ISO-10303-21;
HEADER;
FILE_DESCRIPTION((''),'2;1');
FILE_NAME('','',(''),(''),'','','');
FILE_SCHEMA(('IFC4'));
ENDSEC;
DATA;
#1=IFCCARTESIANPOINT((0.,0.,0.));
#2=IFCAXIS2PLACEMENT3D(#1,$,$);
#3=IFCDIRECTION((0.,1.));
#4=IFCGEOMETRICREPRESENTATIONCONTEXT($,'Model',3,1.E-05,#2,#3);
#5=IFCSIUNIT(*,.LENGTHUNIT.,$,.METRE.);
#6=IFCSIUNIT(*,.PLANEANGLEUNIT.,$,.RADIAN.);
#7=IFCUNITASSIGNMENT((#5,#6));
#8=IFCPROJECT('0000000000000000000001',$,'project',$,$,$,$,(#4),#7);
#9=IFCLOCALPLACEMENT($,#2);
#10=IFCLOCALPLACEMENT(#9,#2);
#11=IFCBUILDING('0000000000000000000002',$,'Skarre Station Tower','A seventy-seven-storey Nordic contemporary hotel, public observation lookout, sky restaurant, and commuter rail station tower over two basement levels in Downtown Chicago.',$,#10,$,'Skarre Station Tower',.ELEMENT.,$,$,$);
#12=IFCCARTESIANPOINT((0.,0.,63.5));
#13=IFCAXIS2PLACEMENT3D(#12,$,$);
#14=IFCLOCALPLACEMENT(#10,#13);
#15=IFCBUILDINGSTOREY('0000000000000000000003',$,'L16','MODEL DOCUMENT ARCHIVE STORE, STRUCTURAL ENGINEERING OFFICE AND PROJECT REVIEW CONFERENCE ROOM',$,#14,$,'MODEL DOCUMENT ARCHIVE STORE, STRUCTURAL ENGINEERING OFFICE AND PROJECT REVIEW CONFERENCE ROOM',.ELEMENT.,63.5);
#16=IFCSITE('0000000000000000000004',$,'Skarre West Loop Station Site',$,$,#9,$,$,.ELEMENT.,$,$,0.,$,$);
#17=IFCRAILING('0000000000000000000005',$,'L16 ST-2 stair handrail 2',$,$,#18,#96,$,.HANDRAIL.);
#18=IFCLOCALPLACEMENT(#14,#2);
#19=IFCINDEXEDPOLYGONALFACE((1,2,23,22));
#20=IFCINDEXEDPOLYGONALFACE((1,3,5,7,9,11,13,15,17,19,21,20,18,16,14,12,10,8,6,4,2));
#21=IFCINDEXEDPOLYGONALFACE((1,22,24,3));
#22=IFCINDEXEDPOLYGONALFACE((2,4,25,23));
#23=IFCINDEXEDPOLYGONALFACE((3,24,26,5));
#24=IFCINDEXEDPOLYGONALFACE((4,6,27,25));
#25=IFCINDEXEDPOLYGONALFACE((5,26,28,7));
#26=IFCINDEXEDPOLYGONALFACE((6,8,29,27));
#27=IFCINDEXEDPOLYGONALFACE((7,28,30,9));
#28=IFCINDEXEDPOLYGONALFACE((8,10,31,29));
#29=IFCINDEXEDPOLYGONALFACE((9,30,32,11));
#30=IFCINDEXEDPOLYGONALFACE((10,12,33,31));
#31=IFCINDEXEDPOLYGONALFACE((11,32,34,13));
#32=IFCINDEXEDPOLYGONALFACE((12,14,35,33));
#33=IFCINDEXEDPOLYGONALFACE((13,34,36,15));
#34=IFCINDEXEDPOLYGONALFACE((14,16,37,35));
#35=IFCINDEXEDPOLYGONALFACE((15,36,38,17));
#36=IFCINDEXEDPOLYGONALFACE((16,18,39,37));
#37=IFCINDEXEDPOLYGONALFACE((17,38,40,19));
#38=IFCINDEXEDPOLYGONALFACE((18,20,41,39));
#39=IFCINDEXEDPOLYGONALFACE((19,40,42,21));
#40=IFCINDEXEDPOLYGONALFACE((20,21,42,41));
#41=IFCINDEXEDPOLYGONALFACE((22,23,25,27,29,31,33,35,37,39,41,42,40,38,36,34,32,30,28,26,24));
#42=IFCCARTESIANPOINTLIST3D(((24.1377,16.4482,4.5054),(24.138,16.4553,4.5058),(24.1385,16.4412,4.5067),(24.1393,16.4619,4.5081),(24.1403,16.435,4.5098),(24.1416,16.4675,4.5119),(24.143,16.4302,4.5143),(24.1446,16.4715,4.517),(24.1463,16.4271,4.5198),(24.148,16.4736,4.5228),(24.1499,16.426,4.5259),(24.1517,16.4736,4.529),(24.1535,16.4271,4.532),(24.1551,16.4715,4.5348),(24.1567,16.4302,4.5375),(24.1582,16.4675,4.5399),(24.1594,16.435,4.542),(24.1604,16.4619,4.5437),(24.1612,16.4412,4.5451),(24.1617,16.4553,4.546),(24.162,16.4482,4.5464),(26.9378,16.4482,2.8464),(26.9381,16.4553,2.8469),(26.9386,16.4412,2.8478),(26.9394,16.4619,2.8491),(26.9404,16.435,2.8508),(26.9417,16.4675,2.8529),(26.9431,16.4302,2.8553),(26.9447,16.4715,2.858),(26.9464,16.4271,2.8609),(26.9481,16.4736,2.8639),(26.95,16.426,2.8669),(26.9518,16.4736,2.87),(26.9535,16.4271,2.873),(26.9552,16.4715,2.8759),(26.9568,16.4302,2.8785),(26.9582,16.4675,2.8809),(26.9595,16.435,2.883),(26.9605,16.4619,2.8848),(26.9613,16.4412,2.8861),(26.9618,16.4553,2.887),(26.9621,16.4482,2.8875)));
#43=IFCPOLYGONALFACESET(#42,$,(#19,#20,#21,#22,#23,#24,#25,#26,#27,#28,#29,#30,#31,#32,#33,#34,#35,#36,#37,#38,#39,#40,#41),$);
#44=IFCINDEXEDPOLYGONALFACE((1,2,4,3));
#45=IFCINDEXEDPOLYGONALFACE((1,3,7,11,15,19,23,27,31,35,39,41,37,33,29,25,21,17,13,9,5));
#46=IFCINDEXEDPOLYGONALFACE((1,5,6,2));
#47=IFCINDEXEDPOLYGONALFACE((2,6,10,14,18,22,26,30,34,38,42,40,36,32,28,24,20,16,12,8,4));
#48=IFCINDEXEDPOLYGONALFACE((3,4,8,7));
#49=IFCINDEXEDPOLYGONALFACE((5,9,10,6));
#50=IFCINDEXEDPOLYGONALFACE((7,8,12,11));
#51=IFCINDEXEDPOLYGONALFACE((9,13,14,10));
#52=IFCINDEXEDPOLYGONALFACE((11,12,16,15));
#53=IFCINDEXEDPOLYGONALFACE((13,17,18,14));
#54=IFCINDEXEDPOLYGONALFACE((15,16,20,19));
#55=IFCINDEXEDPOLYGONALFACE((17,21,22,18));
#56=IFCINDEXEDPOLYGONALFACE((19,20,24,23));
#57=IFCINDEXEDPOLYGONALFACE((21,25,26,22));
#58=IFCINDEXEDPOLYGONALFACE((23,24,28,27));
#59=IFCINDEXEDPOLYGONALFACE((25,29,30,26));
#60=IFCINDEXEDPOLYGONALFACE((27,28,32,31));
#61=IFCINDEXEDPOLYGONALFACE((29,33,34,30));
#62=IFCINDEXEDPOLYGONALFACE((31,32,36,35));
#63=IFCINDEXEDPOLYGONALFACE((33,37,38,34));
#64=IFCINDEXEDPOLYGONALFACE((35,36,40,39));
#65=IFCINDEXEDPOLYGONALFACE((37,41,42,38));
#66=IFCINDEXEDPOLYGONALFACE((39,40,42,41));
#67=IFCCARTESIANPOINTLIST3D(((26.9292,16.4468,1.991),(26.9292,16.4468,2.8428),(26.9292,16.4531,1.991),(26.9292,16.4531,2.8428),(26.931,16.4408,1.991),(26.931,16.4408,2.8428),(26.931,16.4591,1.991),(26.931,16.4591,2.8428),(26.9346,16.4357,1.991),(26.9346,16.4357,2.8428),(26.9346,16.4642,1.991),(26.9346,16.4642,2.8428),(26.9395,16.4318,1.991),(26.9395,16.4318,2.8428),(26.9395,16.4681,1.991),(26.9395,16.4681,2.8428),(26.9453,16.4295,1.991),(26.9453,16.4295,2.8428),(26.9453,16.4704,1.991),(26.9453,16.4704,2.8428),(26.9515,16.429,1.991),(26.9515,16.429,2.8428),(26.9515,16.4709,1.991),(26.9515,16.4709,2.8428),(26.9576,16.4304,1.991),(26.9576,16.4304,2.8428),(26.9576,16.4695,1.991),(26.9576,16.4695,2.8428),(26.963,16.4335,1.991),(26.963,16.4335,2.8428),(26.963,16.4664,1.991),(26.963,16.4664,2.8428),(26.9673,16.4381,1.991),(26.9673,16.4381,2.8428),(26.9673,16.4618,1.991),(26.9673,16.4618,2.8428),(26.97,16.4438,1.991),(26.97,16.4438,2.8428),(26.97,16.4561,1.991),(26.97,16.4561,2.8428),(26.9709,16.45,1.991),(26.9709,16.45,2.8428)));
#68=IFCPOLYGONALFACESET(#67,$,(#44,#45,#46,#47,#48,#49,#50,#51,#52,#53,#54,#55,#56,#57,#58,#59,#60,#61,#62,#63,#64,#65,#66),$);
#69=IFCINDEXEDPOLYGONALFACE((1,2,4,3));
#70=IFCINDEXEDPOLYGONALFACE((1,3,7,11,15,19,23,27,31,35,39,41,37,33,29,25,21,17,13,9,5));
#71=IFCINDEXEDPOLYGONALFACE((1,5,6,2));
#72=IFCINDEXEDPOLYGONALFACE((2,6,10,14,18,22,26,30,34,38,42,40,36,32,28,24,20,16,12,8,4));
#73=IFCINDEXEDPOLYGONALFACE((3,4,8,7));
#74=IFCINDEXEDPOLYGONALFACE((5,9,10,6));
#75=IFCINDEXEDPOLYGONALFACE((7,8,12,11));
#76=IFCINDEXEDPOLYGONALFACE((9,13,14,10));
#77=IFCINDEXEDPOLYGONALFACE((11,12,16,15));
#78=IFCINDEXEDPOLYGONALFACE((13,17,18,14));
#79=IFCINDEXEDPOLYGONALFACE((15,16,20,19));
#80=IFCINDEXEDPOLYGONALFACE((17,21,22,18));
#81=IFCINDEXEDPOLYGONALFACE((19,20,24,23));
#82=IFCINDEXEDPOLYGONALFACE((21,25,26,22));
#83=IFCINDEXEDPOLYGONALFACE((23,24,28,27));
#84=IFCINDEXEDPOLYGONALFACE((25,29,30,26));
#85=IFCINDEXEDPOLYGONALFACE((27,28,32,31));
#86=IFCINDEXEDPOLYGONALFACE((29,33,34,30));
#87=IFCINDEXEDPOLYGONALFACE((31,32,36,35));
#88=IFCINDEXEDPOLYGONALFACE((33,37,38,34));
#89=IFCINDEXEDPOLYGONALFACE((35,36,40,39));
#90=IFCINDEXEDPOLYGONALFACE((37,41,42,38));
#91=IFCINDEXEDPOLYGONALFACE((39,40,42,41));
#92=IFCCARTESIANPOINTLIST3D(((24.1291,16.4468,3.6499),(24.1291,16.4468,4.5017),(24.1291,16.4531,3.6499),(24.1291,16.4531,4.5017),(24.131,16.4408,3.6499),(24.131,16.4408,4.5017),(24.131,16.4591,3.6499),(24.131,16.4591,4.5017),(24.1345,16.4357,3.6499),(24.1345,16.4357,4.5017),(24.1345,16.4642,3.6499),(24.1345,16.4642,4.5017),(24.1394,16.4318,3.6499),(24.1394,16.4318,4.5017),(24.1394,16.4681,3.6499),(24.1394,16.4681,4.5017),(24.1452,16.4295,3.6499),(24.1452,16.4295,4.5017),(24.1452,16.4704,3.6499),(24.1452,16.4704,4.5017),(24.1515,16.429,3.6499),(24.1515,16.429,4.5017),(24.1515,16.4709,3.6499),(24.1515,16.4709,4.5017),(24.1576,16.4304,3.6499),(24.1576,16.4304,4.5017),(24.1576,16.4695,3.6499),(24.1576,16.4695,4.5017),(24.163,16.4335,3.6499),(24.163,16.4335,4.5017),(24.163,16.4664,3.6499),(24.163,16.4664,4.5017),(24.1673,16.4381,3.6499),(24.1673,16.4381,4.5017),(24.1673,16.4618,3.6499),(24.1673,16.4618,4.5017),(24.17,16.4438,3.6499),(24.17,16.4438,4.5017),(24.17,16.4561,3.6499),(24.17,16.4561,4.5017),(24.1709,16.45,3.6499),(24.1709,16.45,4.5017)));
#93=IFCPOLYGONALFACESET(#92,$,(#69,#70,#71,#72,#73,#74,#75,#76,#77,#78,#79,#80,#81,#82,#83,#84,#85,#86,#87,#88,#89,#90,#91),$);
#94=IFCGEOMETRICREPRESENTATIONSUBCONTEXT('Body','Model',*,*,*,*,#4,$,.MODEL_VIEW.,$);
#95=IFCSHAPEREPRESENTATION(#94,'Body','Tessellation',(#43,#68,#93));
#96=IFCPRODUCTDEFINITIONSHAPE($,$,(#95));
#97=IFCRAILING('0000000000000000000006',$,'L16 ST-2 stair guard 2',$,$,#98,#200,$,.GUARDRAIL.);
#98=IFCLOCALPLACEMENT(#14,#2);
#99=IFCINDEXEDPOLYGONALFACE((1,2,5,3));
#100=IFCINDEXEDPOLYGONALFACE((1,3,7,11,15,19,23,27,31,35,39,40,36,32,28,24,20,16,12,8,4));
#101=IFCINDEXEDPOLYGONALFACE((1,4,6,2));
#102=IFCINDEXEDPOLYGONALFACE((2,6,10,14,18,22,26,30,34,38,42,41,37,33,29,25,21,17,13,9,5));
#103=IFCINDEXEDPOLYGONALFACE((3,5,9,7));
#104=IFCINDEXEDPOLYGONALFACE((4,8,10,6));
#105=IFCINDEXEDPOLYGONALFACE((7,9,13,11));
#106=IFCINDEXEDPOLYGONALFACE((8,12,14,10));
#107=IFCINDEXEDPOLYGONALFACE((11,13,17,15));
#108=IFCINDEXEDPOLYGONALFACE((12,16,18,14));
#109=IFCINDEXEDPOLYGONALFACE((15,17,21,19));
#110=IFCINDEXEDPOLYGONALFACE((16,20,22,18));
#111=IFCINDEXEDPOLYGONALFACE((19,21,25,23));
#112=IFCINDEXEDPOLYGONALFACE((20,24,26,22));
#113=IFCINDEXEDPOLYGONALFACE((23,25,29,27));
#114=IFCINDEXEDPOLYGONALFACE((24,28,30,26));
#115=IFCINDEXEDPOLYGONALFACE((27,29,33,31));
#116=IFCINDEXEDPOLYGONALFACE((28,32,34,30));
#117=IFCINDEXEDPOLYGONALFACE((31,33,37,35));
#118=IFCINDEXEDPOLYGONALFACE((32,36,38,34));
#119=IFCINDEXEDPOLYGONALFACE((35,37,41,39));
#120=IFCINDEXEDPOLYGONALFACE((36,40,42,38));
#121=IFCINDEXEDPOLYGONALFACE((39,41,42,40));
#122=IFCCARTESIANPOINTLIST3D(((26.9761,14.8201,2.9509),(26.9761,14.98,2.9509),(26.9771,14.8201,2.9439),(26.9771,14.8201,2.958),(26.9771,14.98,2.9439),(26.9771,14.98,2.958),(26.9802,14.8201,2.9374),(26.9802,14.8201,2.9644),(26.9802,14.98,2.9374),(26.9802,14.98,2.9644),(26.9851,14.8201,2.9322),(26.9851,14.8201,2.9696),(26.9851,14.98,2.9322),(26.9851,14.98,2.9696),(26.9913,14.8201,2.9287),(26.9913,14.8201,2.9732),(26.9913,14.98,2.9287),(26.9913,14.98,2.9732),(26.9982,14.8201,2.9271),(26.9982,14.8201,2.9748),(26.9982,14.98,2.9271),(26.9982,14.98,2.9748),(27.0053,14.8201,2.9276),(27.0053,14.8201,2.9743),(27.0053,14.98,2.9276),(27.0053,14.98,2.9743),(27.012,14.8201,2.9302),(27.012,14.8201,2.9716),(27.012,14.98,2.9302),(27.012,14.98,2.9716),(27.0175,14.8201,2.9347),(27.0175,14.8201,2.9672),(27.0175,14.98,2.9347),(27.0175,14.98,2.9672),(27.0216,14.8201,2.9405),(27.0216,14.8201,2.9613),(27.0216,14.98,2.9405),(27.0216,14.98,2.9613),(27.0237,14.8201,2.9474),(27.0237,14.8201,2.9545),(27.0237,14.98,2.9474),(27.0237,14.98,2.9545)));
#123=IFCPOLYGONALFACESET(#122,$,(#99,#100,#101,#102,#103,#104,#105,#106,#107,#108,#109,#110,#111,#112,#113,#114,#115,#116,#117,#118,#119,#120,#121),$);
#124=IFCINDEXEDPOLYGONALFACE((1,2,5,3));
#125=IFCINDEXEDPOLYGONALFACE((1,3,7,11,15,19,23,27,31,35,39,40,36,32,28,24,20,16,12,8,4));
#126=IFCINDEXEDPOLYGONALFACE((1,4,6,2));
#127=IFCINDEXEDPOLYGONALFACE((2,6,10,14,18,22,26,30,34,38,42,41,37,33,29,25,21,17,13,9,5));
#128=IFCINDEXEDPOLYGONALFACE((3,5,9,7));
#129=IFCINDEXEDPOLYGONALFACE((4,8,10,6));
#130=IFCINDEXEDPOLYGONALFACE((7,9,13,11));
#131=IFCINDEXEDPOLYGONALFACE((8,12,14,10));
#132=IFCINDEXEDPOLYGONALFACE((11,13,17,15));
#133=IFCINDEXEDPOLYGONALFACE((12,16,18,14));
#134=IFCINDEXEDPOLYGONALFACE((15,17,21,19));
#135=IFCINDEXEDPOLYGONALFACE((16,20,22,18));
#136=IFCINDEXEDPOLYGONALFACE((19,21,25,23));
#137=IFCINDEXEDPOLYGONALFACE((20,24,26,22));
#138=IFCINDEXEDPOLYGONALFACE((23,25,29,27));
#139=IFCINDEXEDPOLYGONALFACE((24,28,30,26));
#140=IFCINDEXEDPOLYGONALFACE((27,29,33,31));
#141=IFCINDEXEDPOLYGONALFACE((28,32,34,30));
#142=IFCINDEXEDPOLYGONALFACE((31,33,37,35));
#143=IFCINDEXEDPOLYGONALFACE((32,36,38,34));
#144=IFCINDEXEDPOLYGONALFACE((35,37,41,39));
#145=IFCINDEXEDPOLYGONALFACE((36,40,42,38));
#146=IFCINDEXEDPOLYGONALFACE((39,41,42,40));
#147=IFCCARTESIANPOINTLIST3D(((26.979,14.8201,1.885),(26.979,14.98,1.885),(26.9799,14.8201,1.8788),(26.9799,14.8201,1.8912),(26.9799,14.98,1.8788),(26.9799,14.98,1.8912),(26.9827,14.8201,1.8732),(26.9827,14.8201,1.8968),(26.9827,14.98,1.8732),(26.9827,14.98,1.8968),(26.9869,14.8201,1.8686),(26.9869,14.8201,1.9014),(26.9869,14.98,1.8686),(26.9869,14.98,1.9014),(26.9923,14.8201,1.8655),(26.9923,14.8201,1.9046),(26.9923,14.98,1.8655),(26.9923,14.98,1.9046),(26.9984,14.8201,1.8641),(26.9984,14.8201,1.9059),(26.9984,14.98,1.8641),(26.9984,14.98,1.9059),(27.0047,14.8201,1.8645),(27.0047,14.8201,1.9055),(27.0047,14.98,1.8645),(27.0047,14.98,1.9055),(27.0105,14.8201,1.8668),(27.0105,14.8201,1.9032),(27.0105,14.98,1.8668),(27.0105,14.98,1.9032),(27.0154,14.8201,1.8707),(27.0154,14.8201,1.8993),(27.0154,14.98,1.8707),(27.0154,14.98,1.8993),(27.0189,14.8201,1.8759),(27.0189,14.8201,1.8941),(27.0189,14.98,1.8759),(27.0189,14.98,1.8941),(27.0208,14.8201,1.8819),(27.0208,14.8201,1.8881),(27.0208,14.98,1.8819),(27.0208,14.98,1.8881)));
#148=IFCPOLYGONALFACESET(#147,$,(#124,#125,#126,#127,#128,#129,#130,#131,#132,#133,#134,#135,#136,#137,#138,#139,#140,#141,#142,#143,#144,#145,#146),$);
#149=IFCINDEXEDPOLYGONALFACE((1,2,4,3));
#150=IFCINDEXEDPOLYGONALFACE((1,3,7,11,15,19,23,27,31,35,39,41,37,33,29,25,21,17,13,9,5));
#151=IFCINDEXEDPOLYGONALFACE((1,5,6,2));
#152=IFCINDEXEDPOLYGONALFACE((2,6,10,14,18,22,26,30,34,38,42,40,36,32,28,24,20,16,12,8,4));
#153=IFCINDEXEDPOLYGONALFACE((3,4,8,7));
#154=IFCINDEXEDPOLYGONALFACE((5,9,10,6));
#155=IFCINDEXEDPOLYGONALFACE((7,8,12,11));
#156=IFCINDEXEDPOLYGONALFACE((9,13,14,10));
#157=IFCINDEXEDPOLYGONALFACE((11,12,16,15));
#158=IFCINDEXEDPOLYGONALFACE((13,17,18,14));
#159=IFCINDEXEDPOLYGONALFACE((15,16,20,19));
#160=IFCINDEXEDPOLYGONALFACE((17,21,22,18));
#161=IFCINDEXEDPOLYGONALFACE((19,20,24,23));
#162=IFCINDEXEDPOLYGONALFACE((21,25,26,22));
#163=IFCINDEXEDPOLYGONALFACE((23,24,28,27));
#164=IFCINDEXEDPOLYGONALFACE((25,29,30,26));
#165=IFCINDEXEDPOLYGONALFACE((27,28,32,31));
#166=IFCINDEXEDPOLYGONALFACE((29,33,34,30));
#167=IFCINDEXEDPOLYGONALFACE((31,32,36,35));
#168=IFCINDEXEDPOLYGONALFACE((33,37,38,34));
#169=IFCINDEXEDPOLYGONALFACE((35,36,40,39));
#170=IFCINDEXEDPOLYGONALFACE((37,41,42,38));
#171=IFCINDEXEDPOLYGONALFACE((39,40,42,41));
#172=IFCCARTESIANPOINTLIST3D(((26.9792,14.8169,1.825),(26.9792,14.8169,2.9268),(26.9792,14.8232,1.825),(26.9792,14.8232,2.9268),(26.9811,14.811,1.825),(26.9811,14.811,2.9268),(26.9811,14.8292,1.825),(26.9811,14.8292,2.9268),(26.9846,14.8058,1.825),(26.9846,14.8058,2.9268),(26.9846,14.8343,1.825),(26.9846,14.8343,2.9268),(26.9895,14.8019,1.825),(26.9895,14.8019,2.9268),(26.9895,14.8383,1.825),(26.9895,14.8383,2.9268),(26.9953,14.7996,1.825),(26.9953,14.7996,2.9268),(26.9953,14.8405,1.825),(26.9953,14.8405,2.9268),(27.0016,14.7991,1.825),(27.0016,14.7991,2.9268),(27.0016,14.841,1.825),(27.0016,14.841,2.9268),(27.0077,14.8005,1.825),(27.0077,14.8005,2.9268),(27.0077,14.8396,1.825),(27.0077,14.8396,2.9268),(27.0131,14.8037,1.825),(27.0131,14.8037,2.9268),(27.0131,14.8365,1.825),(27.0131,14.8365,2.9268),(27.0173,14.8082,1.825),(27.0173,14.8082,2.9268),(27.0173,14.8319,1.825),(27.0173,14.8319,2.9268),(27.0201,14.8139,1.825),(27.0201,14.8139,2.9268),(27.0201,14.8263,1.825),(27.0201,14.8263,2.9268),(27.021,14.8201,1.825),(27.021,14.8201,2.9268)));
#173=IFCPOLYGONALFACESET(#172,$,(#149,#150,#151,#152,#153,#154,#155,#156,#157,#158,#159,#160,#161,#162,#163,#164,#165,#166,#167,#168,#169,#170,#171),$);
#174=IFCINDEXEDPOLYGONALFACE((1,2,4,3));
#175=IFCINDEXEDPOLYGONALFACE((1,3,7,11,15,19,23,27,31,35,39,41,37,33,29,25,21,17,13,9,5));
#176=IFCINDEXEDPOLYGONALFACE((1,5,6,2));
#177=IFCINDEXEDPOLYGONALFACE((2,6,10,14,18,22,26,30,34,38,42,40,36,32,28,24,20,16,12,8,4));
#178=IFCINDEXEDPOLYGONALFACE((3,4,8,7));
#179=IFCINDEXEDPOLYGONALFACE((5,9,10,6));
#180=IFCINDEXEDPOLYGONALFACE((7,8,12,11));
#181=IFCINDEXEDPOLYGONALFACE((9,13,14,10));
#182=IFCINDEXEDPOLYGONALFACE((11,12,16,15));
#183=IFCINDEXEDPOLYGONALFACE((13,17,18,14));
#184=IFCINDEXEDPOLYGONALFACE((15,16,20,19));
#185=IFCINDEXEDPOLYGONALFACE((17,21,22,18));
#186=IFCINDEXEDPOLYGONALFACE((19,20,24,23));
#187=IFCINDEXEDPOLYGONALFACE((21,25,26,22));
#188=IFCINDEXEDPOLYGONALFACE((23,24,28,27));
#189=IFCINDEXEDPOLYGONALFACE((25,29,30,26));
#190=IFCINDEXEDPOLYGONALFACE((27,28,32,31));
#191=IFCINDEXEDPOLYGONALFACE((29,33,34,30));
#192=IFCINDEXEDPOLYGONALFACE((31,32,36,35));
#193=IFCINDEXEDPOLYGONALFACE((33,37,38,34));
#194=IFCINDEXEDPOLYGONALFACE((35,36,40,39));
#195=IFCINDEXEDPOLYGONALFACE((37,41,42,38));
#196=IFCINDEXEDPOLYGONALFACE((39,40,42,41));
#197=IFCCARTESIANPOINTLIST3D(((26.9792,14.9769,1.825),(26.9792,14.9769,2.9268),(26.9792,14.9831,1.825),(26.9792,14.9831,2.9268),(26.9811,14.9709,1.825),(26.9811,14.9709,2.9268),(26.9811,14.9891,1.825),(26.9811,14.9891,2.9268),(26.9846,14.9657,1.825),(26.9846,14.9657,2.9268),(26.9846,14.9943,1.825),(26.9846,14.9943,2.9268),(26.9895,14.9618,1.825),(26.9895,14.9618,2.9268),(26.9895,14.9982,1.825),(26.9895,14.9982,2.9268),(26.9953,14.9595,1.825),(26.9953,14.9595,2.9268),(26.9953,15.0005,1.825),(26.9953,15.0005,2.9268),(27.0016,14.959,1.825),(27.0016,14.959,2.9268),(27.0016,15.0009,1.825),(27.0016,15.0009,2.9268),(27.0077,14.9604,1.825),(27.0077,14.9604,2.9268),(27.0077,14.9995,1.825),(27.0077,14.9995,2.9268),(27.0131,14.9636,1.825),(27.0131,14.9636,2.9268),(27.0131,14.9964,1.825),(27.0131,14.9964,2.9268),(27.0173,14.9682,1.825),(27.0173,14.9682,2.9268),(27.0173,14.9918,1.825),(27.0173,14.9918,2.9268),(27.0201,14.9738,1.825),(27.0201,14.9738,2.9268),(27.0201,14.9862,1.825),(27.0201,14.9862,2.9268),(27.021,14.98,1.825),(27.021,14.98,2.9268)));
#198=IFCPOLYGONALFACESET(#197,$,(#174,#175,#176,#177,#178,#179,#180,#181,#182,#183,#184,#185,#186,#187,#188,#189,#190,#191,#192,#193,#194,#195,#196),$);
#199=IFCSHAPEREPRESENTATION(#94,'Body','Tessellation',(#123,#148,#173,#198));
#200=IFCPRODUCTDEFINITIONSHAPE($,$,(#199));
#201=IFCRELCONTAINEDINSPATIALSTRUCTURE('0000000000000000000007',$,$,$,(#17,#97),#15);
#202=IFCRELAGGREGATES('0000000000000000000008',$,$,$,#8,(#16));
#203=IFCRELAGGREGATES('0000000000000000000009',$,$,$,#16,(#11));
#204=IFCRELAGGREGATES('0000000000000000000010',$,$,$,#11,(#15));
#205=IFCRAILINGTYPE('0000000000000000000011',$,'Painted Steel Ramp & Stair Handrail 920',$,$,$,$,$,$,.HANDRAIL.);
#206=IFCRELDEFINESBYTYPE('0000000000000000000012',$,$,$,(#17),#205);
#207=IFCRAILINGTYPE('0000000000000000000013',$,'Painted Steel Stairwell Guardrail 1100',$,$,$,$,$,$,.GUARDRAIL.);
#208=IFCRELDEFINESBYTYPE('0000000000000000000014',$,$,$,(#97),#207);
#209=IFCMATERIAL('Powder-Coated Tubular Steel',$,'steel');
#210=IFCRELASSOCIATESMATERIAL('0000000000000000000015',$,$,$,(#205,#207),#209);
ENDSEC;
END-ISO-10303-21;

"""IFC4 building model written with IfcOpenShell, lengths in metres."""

from ifc_helpers import new_model, si_unit, direction, frame, origin, origin_2d, place, context, subcontext, project, spatial, circle, extrude, material, type_object, element, save


model = new_model("IFC4")

# Units and contexts
model_context = context("Model", 3, precision=1e-05, world=origin(), true_north=direction((0.0, 1.0)))
body_context = subcontext(model_context, "Body", "Model", "MODEL_VIEW")
ifc_project = project(units=[si_unit("LENGTHUNIT", "METRE"), si_unit("PLANEANGLEUNIT", "RADIAN")], contexts=[model_context])

# Site, building, storey
site_placement = place(None, origin())
site = spatial("IfcSite", under=ifc_project, at=site_placement, Name="Skarre West Loop Station Site", CompositionType="ELEMENT", RefElevation=0.0)
building_placement = place(site_placement, origin())
building = spatial("IfcBuilding", under=site, at=building_placement, Name="Skarre Station Tower", Description="A seventy-seven-storey Nordic contemporary hotel, public observation lookout, sky restaurant, and commuter rail station tower over two basement levels in Downtown Chicago.", LongName="Skarre Station Tower", CompositionType="ELEMENT")
storey_placement = place(building_placement, frame((0.0, 0.0, 63.5)))
storey = spatial("IfcBuildingStorey", under=building, at=storey_placement, Name="L16", Description="MODEL DOCUMENT ARCHIVE STORE, STRUCTURAL ENGINEERING OFFICE AND PROJECT REVIEW CONFERENCE ROOM", LongName="MODEL DOCUMENT ARCHIVE STORE, STRUCTURAL ENGINEERING OFFICE AND PROJECT REVIEW CONFERENCE ROOM", CompositionType="ELEMENT", Elevation=63.5)

# Railings
ifc_material_1 = material(Name="Powder-Coated Tubular Steel", Category="steel")
railing_type_1 = type_object("IfcRailingType", Name="Painted Steel Ramp & Stair Handrail 920", PredefinedType="HANDRAIL", material=ifc_material_1)
railing_1_placement = place(storey_placement, frame((26.95, 16.45, 1.991)))
element("IfcRailing", 1, at=railing_1_placement, inside=storey, type_object=railing_type_1, Name="L16 ST-2 stair handrail 2", PredefinedType="HANDRAIL", context=body_context, shape_type="SweptSolid", body=[
    extrude(circle(Radius=0.0239, at=origin_2d()), frame((0.0, 0.0, 0.876), z_axis=(-0.860339, 0.0, 0.509722), x_axis=(0.0, -1.0, 0.0)), (0.0, 0.0, 1.0), 3.2546),
    extrude(circle(Radius=0.021, at=origin_2d()), origin(), (0.0, 0.0, 1.0), 0.8518),
    extrude(circle(Radius=0.021, at=origin_2d()), frame((-2.8, 0.0, 1.6589)), (0.0, 0.0, 1.0), 0.8518),
])
railing_type_2 = type_object("IfcRailingType", Name="Painted Steel Stairwell Guardrail 1100", PredefinedType="GUARDRAIL", material=ifc_material_1)
railing_2_placement = place(storey_placement, frame((27.0, 14.8201, 1.825)))
element("IfcRailing", 2, at=railing_2_placement, inside=storey, type_object=railing_type_2, Name="L16 ST-2 stair guard 2", PredefinedType="GUARDRAIL", context=body_context, shape_type="SweptSolid", body=[
    extrude(circle(Radius=0.0239, at=origin_2d()), frame((0.0, 0.0, 1.126), z_axis=(0.0, 1.0, 0.0), x_axis=(-1.0, 0.0, 0.0)), (0.0, 0.0, 1.0), 0.1599),
    extrude(circle(Radius=0.021, at=origin_2d()), frame((0.0, 0.0, 0.0601), z_axis=(0.0, 1.0, 0.0), x_axis=(-1.0, 0.0, 0.0)), (0.0, 0.0, 1.0), 0.1599),
    extrude(circle(Radius=0.021, at=origin_2d()), origin(), (0.0, 0.0, 1.0), 1.1018),
    extrude(circle(Radius=0.021, at=origin_2d()), frame((0.0, 0.1599, 0.0)), (0.0, 0.0, 1.0), 1.1018),
])

save(model, "model.ifc")
